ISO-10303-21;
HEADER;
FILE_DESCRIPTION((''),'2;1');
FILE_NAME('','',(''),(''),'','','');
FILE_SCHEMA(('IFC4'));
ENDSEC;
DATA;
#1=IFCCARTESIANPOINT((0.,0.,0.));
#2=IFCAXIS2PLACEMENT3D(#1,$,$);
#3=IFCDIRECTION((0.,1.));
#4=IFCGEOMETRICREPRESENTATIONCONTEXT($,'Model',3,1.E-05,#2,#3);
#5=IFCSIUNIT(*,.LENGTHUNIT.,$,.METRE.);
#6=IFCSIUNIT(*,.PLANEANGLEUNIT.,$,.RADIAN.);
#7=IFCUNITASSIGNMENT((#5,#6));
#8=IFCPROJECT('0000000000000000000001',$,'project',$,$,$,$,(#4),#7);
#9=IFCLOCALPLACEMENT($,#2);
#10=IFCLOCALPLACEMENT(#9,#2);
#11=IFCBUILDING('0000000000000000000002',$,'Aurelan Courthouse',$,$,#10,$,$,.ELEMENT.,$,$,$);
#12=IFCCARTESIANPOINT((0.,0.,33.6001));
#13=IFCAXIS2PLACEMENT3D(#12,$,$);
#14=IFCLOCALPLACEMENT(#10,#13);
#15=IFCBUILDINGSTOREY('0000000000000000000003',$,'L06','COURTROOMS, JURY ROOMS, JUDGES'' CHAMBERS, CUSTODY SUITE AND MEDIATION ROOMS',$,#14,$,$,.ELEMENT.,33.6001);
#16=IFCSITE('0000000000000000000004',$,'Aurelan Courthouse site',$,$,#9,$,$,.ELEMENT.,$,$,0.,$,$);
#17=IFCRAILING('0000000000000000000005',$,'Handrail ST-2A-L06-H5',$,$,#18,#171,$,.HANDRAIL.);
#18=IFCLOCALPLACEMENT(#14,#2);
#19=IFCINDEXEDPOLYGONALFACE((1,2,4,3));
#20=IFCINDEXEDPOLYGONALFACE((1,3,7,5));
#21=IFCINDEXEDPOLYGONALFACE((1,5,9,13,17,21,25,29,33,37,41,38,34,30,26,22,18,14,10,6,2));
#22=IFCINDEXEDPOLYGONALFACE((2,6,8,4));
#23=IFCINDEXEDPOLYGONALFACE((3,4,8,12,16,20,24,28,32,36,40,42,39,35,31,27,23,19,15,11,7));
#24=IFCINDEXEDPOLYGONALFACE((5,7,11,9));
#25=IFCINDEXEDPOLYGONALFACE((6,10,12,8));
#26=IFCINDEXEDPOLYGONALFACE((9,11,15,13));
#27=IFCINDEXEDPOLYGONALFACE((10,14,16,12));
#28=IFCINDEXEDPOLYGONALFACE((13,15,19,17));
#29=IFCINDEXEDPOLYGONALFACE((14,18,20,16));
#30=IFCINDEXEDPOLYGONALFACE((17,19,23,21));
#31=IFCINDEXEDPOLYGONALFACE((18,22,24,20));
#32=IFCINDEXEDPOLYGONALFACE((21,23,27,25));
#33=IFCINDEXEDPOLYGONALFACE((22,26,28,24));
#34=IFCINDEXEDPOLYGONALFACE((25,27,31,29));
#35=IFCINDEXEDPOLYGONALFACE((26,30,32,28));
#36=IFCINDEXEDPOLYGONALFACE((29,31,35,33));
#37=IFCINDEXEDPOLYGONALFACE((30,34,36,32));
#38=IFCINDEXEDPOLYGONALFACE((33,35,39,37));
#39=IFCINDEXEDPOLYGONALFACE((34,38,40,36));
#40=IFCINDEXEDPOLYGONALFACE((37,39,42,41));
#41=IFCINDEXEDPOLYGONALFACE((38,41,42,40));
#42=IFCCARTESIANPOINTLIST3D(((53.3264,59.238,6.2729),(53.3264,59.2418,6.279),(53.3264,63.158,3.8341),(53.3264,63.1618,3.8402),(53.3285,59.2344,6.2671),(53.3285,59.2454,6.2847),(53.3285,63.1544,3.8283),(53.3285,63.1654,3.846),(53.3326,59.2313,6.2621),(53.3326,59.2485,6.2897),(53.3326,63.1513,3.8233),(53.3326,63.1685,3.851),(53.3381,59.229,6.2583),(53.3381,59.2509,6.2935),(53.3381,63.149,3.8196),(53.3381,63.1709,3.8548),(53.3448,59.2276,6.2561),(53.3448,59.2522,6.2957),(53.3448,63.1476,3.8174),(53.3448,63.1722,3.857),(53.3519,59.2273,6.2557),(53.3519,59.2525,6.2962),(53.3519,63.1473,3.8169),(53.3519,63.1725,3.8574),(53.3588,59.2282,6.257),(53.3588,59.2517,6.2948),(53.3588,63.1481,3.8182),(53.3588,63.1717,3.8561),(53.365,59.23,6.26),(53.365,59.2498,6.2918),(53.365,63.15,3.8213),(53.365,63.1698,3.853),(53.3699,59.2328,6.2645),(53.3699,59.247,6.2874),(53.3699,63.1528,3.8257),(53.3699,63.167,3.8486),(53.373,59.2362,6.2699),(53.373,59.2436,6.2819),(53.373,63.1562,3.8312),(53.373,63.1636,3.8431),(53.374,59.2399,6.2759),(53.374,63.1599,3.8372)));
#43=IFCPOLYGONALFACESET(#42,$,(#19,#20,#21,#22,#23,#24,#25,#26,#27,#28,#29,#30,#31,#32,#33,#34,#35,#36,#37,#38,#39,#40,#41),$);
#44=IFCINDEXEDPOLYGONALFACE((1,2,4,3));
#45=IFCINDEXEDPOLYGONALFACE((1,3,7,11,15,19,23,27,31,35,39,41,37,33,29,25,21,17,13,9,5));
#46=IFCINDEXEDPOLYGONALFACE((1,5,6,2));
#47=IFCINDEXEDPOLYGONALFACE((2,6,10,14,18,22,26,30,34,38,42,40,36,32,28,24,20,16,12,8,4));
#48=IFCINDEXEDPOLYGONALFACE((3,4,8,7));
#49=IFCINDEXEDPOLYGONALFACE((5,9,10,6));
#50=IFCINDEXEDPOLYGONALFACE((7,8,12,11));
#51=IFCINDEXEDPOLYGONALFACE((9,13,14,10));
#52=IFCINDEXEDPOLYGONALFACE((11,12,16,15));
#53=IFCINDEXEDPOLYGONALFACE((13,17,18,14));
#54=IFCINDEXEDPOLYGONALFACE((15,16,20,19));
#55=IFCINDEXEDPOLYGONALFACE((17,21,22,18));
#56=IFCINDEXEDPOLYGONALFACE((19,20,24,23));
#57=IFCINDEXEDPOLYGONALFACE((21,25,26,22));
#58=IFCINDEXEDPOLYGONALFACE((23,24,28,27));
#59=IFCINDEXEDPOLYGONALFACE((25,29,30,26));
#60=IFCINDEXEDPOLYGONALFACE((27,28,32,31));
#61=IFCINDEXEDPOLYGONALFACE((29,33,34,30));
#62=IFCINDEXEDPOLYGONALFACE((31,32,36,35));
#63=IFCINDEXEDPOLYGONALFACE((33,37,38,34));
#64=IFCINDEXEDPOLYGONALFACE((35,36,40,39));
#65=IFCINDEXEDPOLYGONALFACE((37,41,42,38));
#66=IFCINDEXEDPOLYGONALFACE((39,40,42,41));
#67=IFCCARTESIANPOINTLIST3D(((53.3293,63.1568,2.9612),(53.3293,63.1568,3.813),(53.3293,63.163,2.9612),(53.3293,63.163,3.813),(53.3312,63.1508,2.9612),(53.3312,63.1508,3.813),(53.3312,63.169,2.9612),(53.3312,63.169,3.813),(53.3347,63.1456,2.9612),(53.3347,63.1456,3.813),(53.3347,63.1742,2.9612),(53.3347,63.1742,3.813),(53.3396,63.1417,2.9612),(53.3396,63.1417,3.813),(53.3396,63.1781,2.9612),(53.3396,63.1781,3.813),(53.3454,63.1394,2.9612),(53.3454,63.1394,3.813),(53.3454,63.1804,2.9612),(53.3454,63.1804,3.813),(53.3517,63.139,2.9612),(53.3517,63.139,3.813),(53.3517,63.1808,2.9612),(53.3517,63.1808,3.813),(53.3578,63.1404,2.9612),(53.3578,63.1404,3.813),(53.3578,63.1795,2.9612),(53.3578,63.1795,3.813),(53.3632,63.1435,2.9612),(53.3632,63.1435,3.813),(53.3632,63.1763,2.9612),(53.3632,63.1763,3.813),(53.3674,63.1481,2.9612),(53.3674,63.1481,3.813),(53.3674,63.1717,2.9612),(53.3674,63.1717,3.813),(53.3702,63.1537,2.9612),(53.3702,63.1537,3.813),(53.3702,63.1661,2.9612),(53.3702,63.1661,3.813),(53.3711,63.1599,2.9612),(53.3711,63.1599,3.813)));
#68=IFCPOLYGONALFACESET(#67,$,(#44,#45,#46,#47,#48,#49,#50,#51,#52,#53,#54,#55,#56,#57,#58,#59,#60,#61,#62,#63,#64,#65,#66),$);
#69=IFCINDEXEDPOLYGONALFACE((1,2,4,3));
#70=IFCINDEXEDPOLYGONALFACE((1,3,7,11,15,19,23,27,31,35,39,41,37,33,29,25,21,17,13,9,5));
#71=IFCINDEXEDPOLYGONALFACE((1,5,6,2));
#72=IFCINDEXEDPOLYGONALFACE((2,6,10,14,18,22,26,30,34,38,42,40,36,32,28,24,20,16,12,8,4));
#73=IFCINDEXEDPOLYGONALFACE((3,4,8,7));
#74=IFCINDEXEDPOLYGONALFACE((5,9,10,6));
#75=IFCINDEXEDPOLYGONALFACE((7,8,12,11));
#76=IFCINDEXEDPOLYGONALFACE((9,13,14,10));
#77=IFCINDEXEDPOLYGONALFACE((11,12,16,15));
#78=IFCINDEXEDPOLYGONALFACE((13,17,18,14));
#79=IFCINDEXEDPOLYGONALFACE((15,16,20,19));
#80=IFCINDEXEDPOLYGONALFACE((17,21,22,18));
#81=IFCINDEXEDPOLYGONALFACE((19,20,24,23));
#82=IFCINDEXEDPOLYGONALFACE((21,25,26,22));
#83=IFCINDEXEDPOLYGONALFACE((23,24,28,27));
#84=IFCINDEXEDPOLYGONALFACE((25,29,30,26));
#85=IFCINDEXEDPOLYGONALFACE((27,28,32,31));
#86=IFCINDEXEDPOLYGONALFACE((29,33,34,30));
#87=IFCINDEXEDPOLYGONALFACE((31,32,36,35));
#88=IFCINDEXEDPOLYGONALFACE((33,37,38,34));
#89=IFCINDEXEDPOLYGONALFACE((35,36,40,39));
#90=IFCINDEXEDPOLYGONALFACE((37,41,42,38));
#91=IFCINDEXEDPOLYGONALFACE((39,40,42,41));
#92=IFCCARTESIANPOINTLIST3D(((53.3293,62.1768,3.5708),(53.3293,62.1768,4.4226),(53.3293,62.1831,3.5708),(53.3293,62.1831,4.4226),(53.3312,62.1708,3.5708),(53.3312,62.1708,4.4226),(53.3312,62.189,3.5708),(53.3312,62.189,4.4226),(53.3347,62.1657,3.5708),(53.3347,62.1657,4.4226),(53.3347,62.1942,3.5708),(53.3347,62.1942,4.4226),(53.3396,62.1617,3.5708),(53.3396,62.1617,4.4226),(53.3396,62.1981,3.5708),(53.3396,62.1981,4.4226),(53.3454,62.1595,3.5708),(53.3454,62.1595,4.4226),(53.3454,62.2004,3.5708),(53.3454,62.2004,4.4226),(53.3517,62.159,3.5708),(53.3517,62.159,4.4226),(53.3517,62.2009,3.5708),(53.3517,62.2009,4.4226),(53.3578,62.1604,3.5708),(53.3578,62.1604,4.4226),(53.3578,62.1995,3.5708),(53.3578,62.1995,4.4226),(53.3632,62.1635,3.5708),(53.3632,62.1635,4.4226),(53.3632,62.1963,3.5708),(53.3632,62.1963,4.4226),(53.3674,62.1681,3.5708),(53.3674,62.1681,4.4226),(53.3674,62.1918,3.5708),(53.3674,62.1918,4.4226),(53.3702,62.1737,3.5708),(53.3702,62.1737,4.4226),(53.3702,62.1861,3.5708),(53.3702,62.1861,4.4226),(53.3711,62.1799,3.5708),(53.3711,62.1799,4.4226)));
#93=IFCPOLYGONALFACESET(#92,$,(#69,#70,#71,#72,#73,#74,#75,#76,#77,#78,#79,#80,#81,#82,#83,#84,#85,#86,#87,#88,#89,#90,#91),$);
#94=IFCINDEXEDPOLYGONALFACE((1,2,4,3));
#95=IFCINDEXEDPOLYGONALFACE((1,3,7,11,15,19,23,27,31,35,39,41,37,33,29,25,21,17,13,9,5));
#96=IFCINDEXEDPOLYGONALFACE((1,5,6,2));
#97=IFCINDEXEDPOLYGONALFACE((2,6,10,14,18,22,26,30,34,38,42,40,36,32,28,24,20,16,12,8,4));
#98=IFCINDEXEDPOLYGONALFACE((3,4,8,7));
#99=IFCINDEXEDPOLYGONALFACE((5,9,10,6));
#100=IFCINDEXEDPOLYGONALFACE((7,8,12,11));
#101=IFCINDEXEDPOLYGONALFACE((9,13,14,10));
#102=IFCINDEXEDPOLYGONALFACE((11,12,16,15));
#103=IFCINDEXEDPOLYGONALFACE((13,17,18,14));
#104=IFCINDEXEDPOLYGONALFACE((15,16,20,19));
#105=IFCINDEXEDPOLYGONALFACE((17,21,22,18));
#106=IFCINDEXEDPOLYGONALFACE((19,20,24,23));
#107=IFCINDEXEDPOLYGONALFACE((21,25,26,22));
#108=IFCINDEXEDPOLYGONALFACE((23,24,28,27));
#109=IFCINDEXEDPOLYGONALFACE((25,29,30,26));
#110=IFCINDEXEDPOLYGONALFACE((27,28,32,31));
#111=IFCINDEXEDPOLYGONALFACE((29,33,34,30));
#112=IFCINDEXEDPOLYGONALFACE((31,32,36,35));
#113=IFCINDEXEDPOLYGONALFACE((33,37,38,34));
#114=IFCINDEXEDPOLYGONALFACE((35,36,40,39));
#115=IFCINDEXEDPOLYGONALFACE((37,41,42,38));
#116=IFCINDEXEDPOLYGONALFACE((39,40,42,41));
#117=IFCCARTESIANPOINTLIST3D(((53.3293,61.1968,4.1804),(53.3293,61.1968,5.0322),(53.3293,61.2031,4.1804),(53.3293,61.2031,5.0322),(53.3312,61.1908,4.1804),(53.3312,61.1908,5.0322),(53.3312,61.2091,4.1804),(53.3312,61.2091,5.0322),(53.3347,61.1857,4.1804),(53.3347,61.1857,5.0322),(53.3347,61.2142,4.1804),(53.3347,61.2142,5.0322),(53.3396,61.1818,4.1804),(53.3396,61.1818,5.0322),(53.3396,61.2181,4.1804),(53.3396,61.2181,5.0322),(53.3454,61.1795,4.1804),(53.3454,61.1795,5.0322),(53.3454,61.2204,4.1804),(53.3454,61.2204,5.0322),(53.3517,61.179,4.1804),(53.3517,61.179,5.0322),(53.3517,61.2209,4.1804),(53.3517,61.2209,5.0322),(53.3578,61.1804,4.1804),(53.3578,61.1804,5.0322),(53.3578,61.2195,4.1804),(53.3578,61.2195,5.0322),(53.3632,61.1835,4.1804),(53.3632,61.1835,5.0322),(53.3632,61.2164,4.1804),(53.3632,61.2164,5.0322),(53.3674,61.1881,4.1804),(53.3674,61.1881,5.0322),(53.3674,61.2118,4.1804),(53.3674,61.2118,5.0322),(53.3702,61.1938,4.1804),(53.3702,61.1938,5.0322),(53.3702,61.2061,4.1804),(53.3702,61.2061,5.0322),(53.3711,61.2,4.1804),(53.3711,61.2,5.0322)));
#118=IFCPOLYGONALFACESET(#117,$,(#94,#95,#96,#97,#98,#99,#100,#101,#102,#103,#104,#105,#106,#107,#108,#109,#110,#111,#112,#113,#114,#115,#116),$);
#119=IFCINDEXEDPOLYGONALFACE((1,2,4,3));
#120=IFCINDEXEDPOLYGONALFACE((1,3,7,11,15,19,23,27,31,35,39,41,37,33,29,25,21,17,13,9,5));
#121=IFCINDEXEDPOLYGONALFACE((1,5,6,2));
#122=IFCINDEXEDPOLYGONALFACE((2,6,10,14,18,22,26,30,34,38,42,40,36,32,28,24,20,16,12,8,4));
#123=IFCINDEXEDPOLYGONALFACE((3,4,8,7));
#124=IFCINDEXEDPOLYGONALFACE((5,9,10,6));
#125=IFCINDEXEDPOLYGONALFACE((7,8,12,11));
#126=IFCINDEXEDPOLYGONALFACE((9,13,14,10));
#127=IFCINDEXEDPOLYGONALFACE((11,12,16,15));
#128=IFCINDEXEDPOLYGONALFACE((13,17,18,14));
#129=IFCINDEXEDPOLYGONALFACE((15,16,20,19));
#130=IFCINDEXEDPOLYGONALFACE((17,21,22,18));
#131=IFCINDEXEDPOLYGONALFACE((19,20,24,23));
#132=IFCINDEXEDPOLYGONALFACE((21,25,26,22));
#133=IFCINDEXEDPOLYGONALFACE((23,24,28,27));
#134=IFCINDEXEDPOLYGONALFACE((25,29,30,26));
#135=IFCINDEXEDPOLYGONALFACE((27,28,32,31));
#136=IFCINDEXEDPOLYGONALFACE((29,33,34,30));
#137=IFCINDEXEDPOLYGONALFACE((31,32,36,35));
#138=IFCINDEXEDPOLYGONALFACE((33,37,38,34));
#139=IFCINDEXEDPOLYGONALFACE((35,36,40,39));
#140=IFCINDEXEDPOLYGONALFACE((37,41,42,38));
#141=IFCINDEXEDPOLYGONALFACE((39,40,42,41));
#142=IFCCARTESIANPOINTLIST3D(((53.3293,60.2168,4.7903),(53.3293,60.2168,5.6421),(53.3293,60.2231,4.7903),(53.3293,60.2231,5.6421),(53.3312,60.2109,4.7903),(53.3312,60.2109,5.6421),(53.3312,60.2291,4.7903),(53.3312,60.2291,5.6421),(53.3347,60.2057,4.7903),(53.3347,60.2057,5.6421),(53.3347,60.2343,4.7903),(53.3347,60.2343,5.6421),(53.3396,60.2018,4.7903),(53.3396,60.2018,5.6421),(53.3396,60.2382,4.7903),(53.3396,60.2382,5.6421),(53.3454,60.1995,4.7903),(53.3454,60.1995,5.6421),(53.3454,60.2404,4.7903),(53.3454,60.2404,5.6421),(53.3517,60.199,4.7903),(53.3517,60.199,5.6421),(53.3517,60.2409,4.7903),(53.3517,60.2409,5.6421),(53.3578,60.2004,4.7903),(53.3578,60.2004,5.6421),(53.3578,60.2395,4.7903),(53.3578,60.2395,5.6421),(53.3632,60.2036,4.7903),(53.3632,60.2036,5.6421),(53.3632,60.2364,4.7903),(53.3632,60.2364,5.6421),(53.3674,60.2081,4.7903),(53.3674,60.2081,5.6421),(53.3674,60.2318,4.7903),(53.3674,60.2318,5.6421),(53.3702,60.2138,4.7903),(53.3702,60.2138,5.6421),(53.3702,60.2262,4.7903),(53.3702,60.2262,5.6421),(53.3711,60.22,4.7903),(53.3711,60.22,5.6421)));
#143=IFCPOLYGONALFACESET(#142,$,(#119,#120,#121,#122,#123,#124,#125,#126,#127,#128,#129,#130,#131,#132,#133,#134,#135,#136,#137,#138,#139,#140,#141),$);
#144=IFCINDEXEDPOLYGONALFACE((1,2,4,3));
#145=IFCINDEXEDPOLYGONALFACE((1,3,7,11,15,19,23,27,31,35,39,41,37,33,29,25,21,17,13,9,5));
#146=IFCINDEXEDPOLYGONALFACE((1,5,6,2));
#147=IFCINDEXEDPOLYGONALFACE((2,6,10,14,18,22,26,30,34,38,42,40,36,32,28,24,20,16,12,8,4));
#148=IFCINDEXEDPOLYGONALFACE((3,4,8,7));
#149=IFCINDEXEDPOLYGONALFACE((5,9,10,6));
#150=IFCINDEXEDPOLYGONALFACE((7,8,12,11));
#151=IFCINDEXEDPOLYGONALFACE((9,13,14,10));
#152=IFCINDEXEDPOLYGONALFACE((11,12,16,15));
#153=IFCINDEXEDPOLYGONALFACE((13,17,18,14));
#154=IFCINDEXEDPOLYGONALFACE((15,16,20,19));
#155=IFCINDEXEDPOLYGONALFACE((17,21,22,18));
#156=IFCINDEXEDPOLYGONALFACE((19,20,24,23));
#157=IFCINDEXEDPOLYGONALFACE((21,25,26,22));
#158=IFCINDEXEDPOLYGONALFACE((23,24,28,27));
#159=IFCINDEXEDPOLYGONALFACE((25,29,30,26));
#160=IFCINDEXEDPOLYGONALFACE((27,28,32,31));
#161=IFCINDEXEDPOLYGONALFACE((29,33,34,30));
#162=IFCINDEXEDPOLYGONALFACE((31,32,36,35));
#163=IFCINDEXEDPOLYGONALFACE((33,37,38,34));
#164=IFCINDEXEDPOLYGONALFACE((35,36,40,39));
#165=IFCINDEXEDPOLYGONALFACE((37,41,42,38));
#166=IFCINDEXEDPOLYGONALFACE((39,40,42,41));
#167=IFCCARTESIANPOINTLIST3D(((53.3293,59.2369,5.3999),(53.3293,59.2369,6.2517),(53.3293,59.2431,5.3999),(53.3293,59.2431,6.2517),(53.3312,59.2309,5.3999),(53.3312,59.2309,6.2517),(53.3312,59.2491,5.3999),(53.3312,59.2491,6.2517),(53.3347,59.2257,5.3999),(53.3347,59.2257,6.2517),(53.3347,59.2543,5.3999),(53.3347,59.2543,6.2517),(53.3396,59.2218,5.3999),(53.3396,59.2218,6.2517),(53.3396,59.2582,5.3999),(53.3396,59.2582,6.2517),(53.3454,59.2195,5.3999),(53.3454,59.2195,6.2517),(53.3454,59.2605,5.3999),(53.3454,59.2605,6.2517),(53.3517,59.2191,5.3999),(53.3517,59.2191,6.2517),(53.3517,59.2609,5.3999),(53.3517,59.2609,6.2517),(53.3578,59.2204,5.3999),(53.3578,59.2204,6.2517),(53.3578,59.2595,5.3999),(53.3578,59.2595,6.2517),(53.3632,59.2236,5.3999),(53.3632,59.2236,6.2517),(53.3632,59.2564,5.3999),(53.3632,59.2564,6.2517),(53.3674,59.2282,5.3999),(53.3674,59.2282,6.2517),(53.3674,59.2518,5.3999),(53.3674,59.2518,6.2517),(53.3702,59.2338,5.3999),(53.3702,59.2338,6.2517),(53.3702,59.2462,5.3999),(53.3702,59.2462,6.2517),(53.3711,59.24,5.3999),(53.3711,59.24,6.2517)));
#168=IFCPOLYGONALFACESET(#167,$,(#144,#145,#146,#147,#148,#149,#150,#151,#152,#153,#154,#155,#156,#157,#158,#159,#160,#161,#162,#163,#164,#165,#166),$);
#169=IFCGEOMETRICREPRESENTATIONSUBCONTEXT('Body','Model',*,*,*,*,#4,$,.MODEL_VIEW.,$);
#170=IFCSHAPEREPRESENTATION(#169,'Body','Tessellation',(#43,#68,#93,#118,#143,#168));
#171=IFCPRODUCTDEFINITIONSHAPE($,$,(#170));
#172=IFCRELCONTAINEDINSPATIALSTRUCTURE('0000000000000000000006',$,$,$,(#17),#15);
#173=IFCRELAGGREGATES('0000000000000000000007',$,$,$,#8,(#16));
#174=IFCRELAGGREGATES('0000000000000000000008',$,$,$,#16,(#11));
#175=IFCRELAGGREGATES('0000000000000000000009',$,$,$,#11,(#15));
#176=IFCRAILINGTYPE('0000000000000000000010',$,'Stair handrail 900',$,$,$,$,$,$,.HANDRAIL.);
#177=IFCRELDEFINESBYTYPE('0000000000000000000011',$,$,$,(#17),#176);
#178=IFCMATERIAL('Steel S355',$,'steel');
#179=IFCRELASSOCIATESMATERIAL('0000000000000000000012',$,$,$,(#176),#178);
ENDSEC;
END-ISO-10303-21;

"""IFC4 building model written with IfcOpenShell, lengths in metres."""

from ifc_helpers import new_model, si_unit, direction, frame, origin, origin_2d, place, context, subcontext, project, spatial, circle, extrude, material, type_object, element, save


model = new_model("IFC4")

# Units and contexts
model_context = context("Model", 3, precision=1e-05, world=origin(), true_north=direction((0.0, 1.0)))
body_context = subcontext(model_context, "Body", "Model", "MODEL_VIEW")
ifc_project = project(units=[si_unit("LENGTHUNIT", "METRE"), si_unit("PLANEANGLEUNIT", "RADIAN")], contexts=[model_context])

# Site, building, storey
site_placement = place(None, origin())
site = spatial("IfcSite", under=ifc_project, at=site_placement, Name="Aurelan Courthouse site", CompositionType="ELEMENT", RefElevation=0.0)
building_placement = place(site_placement, origin())
building = spatial("IfcBuilding", under=site, at=building_placement, Name="Aurelan Courthouse", CompositionType="ELEMENT")
storey_placement = place(building_placement, frame((0.0, 0.0, 33.6001)))
storey = spatial("IfcBuildingStorey", under=building, at=storey_placement, Name="L06", Description="COURTROOMS, JURY ROOMS, JUDGES' CHAMBERS, CUSTODY SUITE AND MEDIATION ROOMS", CompositionType="ELEMENT", Elevation=33.6001)

# Railing
ifc_material_1 = material(Name="Steel S355", Category="steel")
railing_type_1 = type_object("IfcRailingType", Name="Stair handrail 900", PredefinedType="HANDRAIL", material=ifc_material_1)
for number, where, name in (
    (1, (53.3501, 63.1599, 2.9612), "Handrail ST-2A-L06-H5"),
):
    element("IfcRailing", number, at=place(storey_placement, frame(where)), inside=storey, type_object=railing_type_1, Name=name, PredefinedType="HANDRAIL", context=body_context, shape_type="SweptSolid", body=[
        extrude(circle(Radius=0.0239, at=origin_2d()), frame((0.0, 0.0, 0.876), z_axis=(0.0, -0.84909, 0.528249), x_axis=(1.0, 0.0, 0.0)), (0.0, 0.0, 1.0), 4.6167),
        extrude(circle(Radius=0.021, at=origin_2d()), origin(), (0.0, 0.0, 1.0), 0.8518),
        extrude(circle(Radius=0.021, at=origin_2d()), frame((0.0, -0.98, 0.6096)), (0.0, 0.0, 1.0), 0.8518),
        extrude(circle(Radius=0.021, at=origin_2d()), frame((0.0, -1.96, 1.2192)), (0.0, 0.0, 1.0), 0.8518),
        extrude(circle(Radius=0.021, at=origin_2d()), frame((0.0, -2.9399, 1.8291)), (0.0, 0.0, 1.0), 0.8518),
        extrude(circle(Radius=0.021, at=origin_2d()), frame((0.0, -3.9199, 2.4387)), (0.0, 0.0, 1.0), 0.8518),
    ])

save(model, "model.ifc")
